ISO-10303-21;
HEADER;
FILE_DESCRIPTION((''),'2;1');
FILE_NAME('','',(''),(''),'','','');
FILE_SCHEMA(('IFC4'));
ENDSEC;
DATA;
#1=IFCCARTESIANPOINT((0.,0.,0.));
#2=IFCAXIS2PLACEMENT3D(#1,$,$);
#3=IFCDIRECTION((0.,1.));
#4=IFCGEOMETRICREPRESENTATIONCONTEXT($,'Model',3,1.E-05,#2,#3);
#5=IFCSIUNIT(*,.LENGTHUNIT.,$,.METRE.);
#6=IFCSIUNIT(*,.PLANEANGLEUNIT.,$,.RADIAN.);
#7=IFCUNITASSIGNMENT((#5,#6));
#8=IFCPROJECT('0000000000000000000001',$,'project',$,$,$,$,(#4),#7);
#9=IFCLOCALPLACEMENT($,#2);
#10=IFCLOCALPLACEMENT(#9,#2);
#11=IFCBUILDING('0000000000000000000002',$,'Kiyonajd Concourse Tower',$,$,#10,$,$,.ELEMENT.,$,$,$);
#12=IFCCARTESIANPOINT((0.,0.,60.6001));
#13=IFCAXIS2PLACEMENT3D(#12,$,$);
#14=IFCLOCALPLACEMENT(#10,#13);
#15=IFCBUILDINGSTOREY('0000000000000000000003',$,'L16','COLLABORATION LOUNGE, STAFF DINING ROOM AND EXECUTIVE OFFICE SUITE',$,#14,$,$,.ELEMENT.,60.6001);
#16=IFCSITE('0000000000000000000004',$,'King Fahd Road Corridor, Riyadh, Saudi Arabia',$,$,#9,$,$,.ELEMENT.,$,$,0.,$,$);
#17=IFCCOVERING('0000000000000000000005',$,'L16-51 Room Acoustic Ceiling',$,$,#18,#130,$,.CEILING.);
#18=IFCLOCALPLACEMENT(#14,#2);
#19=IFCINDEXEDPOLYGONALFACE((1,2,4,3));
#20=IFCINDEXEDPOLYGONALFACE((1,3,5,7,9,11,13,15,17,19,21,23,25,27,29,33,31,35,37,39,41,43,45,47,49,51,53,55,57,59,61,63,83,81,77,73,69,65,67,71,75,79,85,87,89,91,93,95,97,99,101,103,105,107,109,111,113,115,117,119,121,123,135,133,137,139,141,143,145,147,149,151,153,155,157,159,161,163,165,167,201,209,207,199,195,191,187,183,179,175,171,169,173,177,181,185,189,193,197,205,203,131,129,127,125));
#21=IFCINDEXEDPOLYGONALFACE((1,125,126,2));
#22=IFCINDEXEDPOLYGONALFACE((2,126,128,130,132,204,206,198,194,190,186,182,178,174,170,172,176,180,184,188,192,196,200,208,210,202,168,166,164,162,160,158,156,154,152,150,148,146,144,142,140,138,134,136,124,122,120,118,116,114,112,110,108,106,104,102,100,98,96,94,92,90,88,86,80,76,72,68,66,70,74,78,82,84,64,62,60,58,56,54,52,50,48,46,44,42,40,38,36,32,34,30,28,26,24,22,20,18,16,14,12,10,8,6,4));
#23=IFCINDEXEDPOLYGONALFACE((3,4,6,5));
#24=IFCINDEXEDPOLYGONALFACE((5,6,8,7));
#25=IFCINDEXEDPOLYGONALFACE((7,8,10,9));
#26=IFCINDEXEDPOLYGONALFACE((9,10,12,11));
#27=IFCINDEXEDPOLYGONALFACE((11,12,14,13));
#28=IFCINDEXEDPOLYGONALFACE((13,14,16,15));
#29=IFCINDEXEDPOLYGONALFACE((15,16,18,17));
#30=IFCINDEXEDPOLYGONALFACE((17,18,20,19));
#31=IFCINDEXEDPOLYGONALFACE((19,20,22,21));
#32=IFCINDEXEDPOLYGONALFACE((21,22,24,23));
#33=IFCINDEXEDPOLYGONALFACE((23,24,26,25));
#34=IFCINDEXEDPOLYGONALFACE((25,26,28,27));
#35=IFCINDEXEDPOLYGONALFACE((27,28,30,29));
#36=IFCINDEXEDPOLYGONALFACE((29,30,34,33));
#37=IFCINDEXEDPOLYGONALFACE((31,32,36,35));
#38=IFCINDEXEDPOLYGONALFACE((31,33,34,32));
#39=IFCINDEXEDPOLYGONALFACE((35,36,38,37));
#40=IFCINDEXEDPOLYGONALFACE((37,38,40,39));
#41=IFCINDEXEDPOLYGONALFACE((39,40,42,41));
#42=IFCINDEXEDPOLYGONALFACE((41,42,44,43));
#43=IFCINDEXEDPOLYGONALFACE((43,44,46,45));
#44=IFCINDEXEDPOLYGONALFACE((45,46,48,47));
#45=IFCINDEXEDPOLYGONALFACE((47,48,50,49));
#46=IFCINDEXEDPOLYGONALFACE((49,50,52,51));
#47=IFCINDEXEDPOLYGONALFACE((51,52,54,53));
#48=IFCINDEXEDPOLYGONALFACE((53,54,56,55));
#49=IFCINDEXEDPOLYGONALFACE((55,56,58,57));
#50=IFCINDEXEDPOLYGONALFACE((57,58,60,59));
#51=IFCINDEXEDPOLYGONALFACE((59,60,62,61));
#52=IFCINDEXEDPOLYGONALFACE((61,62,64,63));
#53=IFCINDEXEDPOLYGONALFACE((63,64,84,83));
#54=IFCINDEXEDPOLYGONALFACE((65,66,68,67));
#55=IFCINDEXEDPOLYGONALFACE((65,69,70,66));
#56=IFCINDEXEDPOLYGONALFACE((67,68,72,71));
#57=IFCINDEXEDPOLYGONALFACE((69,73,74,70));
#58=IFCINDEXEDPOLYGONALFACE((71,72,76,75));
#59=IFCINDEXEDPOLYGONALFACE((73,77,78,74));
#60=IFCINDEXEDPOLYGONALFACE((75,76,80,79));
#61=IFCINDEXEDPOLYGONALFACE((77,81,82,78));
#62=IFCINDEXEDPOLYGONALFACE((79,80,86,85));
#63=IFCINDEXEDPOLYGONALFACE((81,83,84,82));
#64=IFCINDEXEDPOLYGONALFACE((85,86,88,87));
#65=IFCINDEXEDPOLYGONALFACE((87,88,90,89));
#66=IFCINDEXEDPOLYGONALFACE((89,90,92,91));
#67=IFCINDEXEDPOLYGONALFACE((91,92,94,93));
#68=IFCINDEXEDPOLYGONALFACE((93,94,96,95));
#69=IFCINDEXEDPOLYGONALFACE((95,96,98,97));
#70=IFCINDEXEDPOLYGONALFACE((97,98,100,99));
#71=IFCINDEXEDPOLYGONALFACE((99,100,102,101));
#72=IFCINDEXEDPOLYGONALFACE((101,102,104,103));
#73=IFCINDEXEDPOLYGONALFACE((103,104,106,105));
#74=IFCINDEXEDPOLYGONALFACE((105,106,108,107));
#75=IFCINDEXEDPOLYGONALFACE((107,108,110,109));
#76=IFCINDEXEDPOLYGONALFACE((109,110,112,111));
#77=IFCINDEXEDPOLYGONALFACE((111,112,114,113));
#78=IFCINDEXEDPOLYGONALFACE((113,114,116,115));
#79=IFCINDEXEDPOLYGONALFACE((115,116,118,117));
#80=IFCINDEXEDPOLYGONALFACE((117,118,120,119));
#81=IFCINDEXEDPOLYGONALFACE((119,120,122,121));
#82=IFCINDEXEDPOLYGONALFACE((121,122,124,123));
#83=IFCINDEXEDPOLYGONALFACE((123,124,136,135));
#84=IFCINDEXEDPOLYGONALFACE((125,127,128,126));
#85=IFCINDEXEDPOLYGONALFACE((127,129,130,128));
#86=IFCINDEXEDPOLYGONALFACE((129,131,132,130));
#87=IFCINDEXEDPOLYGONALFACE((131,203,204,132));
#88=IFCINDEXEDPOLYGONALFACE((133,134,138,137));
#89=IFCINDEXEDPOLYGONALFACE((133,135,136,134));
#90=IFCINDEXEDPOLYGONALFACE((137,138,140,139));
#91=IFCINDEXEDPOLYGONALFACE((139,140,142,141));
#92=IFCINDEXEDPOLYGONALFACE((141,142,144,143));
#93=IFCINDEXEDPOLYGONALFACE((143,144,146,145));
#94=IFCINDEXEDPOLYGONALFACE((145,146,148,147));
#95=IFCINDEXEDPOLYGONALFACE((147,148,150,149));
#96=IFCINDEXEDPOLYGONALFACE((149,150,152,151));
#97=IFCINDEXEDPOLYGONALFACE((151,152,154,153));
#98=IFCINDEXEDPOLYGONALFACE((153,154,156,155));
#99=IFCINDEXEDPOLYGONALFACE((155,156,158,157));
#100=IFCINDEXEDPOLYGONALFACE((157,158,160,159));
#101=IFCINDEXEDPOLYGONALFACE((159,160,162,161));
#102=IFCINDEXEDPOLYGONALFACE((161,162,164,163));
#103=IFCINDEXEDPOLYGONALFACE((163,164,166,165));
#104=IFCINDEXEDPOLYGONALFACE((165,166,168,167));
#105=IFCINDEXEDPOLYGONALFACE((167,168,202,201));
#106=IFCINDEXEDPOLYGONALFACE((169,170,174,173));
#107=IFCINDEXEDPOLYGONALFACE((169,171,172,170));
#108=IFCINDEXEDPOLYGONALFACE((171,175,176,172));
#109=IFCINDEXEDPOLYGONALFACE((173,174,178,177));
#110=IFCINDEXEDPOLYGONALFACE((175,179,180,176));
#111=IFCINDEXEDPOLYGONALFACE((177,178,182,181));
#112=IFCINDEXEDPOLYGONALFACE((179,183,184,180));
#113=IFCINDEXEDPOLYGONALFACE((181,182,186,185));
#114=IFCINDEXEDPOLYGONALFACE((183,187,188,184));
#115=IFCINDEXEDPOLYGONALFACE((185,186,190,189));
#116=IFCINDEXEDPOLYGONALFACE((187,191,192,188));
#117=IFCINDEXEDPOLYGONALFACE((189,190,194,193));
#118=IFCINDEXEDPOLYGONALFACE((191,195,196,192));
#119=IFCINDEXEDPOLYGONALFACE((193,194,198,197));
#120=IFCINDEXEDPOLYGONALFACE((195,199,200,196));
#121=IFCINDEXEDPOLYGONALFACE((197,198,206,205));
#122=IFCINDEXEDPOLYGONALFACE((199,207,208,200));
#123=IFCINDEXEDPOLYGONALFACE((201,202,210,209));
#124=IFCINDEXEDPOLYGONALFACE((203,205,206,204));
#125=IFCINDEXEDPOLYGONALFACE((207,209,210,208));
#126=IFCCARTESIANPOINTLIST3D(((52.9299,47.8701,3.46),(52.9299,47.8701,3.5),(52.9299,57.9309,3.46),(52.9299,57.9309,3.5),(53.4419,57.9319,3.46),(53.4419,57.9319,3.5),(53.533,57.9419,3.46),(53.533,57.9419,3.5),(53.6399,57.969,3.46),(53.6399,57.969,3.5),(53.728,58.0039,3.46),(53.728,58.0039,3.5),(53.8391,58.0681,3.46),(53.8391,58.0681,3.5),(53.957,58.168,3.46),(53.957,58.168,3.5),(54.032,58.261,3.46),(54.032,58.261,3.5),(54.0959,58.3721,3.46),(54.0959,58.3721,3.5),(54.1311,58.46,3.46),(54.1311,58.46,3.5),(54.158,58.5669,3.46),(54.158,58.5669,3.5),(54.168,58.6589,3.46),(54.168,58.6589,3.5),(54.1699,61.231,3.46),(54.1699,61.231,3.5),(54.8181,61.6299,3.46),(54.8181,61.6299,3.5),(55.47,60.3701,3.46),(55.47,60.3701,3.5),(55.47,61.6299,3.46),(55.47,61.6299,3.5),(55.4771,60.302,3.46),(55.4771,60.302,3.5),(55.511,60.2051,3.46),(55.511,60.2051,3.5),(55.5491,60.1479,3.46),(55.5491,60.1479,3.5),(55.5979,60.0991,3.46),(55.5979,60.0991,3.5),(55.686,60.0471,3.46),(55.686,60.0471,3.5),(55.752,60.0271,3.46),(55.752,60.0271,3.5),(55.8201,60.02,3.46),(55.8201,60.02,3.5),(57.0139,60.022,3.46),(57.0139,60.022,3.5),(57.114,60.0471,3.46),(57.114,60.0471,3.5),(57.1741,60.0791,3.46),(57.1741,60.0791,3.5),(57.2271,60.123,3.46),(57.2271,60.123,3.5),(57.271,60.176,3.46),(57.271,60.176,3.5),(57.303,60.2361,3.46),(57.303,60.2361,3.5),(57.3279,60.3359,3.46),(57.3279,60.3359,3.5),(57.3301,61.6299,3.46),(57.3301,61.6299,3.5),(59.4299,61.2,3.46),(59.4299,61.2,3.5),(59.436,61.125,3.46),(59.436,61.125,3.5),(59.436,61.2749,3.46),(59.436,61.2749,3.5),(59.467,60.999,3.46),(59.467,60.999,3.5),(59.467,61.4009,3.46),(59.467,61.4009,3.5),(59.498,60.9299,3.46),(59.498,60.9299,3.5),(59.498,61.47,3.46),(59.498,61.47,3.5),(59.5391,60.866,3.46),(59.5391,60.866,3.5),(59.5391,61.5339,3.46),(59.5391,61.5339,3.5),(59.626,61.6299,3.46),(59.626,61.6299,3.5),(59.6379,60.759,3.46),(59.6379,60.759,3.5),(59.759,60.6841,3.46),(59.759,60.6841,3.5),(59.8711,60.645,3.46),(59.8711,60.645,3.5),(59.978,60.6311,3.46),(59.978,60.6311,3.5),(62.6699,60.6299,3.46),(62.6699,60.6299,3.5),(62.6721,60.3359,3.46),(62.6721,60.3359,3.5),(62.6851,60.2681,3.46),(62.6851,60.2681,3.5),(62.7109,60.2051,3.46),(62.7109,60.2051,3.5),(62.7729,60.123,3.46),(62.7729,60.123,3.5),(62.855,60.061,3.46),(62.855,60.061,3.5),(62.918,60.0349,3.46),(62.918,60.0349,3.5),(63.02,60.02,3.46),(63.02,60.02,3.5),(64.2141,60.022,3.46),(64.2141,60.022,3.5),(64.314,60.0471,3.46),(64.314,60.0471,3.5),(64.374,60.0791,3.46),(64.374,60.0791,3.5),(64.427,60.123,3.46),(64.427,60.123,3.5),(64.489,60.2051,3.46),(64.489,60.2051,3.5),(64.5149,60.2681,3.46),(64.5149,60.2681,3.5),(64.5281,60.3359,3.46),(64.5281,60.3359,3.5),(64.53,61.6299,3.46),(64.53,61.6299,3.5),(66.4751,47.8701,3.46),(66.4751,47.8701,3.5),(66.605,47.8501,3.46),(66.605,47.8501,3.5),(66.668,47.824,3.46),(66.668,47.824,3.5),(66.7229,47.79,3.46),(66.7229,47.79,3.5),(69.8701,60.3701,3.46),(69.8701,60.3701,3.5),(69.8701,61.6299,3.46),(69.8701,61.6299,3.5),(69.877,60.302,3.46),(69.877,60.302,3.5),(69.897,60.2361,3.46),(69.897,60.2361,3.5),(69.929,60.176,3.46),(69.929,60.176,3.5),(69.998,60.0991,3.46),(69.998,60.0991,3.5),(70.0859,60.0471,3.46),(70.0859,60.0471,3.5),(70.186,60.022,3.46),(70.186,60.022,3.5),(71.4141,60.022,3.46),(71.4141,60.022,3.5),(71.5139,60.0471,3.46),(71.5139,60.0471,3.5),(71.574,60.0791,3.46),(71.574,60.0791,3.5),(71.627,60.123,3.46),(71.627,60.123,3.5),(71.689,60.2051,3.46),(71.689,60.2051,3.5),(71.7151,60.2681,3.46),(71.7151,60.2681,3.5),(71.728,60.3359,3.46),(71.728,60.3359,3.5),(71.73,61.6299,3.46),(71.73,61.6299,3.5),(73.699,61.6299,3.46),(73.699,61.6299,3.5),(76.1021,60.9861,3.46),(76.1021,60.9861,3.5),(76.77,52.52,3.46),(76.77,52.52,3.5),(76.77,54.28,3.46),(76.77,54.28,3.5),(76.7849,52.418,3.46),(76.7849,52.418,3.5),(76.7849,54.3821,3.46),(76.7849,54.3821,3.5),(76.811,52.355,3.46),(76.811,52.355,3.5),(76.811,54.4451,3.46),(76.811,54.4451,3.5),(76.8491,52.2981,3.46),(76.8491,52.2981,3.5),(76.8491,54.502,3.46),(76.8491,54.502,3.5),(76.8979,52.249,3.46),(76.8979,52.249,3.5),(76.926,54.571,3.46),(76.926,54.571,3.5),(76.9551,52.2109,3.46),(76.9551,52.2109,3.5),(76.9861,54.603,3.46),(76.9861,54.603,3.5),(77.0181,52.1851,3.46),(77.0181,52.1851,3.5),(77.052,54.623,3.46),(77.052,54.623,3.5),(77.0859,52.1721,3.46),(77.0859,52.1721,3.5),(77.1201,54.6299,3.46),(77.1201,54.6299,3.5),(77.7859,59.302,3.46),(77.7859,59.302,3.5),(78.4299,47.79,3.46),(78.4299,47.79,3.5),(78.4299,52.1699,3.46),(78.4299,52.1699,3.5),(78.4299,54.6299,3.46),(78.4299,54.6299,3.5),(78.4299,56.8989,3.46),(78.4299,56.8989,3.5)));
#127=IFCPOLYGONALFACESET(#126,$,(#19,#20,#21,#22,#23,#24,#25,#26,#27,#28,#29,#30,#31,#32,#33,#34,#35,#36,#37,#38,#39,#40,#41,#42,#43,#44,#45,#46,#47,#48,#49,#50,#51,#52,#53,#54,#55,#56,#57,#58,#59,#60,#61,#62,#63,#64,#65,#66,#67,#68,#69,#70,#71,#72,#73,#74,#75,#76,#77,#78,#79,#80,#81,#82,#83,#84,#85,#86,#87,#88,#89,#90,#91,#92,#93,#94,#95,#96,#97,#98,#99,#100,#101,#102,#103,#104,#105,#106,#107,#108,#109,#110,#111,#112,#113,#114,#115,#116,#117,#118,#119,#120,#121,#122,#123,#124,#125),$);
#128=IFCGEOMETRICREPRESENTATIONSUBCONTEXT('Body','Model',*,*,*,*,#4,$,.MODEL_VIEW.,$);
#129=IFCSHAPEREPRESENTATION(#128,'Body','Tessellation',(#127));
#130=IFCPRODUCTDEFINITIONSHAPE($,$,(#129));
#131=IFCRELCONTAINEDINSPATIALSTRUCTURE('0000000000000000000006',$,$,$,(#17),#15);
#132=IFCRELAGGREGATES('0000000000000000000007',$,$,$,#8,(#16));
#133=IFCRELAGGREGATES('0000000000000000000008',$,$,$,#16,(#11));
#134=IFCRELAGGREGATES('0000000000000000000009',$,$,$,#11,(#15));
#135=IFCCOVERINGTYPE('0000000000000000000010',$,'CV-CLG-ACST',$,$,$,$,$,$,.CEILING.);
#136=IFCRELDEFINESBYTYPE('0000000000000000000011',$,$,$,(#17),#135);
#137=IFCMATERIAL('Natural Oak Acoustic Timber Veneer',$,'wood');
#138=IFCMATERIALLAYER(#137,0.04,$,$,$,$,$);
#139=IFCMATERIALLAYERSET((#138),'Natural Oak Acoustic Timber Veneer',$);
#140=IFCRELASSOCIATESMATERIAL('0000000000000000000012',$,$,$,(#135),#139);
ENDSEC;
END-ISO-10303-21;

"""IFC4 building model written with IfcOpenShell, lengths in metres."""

from ifc_helpers import new_model, si_unit, direction, frame, origin, place, context, subcontext, project, spatial, polyline, outline, extrude, material, layer, layer_set, type_object, element, save


model = new_model("IFC4")

# Units and contexts
model_context = context("Model", 3, precision=1e-05, world=origin(), true_north=direction((0.0, 1.0)))
body_context = subcontext(model_context, "Body", "Model", "MODEL_VIEW")
ifc_project = project(units=[si_unit("LENGTHUNIT", "METRE"), si_unit("PLANEANGLEUNIT", "RADIAN")], contexts=[model_context])

# Site, building, storey
site_placement = place(None, origin())
site = spatial("IfcSite", under=ifc_project, at=site_placement, Name="King Fahd Road Corridor, Riyadh, Saudi Arabia", CompositionType="ELEMENT", RefElevation=0.0)
building_placement = place(site_placement, origin())
building = spatial("IfcBuilding", under=site, at=building_placement, Name="Kiyonajd Concourse Tower", CompositionType="ELEMENT")
storey_placement = place(building_placement, frame((0.0, 0.0, 60.6001)))
storey = spatial("IfcBuildingStorey", under=building, at=storey_placement, Name="L16", Description="COLLABORATION LOUNGE, STAFF DINING ROOM AND EXECUTIVE OFFICE SUITE", CompositionType="ELEMENT", Elevation=60.6001)

# Covering
ifc_material_1 = material(Name="Natural Oak Acoustic Timber Veneer", Category="wood")
ifc_layer_1 = layer(ifc_material_1, 0.04)
ifc_layer_set_1 = layer_set([ifc_layer_1], Name="Natural Oak Acoustic Timber Veneer")
covering_type = type_object("IfcCoveringType", Name="CV-CLG-ACST", PredefinedType="CEILING", material=ifc_layer_set_1)
covering_1_placement = place(storey_placement, frame((0.0, 0.0, 3.46)))
element("IfcCovering", 1, at=covering_1_placement, inside=storey, type_object=covering_type, Name="L16-51 Room Acoustic Ceiling", PredefinedType="CEILING", context=body_context, shape_type="SweptSolid", body=[
    extrude(outline(polyline([(53.533, 57.9419), (53.6399, 57.969), (53.728, 58.0039), (53.8391, 58.0681), (53.957, 58.168), (54.032, 58.261), (54.0959, 58.3721), (54.1311, 58.46), (54.158, 58.5669), (54.168, 58.6589), (54.1699, 61.231), (54.8181, 61.6299), (55.47, 61.6299), (55.47, 60.3701), (55.4771, 60.302), (55.511, 60.2051), (55.5491, 60.1479), (55.5979, 60.0991), (55.686, 60.0471), (55.752, 60.0271), (55.8201, 60.02), (57.0139, 60.022), (57.114, 60.0471), (57.1741, 60.0791), (57.2271, 60.123), (57.271, 60.176), (57.303, 60.2361), (57.3279, 60.3359), (57.3301, 61.6299), (59.626, 61.6299), (59.5391, 61.5339), (59.498, 61.47), (59.467, 61.4009), (59.436, 61.2749), (59.4299, 61.2), (59.436, 61.125), (59.467, 60.999), (59.498, 60.9299), (59.5391, 60.866), (59.6379, 60.759), (59.759, 60.6841), (59.8711, 60.645), (59.978, 60.6311), (62.6699, 60.6299), (62.6721, 60.3359), (62.6851, 60.2681), (62.7109, 60.2051), (62.7729, 60.123), (62.855, 60.061), (62.918, 60.0349), (63.02, 60.02), (64.2141, 60.022), (64.314, 60.0471), (64.374, 60.0791), (64.427, 60.123), (64.489, 60.2051), (64.5149, 60.2681), (64.5281, 60.3359), (64.53, 61.6299), (69.8701, 61.6299), (69.8701, 60.3701), (69.877, 60.302), (69.897, 60.2361), (69.929, 60.176), (69.998, 60.0991), (70.0859, 60.0471), (70.186, 60.022), (71.4141, 60.022), (71.5139, 60.0471), (71.574, 60.0791), (71.627, 60.123), (71.689, 60.2051), (71.7151, 60.2681), (71.728, 60.3359), (71.73, 61.6299), (73.699, 61.6299), (76.1021, 60.9861), (77.7859, 59.302), (78.4299, 56.8989), (78.4299, 54.6299), (77.1201, 54.6299), (77.052, 54.623), (76.9861, 54.603), (76.926, 54.571), (76.8491, 54.502), (76.811, 54.4451), (76.7849, 54.3821), (76.77, 54.28), (76.77, 52.52), (76.7849, 52.418), (76.811, 52.355), (76.8491, 52.2981), (76.8979, 52.249), (76.9551, 52.2109), (77.0181, 52.1851), (77.0859, 52.1721), (78.4299, 52.1699), (78.4299, 47.79), (66.7229, 47.79), (66.668, 47.824), (66.605, 47.8501), (66.4751, 47.8701), (52.9299, 47.8701), (52.9299, 57.9309), (53.4419, 57.9319), (53.533, 57.9419)])), origin(), (0.0, 0.0, 1.0), 0.04),
])

save(model, "model.ifc")
